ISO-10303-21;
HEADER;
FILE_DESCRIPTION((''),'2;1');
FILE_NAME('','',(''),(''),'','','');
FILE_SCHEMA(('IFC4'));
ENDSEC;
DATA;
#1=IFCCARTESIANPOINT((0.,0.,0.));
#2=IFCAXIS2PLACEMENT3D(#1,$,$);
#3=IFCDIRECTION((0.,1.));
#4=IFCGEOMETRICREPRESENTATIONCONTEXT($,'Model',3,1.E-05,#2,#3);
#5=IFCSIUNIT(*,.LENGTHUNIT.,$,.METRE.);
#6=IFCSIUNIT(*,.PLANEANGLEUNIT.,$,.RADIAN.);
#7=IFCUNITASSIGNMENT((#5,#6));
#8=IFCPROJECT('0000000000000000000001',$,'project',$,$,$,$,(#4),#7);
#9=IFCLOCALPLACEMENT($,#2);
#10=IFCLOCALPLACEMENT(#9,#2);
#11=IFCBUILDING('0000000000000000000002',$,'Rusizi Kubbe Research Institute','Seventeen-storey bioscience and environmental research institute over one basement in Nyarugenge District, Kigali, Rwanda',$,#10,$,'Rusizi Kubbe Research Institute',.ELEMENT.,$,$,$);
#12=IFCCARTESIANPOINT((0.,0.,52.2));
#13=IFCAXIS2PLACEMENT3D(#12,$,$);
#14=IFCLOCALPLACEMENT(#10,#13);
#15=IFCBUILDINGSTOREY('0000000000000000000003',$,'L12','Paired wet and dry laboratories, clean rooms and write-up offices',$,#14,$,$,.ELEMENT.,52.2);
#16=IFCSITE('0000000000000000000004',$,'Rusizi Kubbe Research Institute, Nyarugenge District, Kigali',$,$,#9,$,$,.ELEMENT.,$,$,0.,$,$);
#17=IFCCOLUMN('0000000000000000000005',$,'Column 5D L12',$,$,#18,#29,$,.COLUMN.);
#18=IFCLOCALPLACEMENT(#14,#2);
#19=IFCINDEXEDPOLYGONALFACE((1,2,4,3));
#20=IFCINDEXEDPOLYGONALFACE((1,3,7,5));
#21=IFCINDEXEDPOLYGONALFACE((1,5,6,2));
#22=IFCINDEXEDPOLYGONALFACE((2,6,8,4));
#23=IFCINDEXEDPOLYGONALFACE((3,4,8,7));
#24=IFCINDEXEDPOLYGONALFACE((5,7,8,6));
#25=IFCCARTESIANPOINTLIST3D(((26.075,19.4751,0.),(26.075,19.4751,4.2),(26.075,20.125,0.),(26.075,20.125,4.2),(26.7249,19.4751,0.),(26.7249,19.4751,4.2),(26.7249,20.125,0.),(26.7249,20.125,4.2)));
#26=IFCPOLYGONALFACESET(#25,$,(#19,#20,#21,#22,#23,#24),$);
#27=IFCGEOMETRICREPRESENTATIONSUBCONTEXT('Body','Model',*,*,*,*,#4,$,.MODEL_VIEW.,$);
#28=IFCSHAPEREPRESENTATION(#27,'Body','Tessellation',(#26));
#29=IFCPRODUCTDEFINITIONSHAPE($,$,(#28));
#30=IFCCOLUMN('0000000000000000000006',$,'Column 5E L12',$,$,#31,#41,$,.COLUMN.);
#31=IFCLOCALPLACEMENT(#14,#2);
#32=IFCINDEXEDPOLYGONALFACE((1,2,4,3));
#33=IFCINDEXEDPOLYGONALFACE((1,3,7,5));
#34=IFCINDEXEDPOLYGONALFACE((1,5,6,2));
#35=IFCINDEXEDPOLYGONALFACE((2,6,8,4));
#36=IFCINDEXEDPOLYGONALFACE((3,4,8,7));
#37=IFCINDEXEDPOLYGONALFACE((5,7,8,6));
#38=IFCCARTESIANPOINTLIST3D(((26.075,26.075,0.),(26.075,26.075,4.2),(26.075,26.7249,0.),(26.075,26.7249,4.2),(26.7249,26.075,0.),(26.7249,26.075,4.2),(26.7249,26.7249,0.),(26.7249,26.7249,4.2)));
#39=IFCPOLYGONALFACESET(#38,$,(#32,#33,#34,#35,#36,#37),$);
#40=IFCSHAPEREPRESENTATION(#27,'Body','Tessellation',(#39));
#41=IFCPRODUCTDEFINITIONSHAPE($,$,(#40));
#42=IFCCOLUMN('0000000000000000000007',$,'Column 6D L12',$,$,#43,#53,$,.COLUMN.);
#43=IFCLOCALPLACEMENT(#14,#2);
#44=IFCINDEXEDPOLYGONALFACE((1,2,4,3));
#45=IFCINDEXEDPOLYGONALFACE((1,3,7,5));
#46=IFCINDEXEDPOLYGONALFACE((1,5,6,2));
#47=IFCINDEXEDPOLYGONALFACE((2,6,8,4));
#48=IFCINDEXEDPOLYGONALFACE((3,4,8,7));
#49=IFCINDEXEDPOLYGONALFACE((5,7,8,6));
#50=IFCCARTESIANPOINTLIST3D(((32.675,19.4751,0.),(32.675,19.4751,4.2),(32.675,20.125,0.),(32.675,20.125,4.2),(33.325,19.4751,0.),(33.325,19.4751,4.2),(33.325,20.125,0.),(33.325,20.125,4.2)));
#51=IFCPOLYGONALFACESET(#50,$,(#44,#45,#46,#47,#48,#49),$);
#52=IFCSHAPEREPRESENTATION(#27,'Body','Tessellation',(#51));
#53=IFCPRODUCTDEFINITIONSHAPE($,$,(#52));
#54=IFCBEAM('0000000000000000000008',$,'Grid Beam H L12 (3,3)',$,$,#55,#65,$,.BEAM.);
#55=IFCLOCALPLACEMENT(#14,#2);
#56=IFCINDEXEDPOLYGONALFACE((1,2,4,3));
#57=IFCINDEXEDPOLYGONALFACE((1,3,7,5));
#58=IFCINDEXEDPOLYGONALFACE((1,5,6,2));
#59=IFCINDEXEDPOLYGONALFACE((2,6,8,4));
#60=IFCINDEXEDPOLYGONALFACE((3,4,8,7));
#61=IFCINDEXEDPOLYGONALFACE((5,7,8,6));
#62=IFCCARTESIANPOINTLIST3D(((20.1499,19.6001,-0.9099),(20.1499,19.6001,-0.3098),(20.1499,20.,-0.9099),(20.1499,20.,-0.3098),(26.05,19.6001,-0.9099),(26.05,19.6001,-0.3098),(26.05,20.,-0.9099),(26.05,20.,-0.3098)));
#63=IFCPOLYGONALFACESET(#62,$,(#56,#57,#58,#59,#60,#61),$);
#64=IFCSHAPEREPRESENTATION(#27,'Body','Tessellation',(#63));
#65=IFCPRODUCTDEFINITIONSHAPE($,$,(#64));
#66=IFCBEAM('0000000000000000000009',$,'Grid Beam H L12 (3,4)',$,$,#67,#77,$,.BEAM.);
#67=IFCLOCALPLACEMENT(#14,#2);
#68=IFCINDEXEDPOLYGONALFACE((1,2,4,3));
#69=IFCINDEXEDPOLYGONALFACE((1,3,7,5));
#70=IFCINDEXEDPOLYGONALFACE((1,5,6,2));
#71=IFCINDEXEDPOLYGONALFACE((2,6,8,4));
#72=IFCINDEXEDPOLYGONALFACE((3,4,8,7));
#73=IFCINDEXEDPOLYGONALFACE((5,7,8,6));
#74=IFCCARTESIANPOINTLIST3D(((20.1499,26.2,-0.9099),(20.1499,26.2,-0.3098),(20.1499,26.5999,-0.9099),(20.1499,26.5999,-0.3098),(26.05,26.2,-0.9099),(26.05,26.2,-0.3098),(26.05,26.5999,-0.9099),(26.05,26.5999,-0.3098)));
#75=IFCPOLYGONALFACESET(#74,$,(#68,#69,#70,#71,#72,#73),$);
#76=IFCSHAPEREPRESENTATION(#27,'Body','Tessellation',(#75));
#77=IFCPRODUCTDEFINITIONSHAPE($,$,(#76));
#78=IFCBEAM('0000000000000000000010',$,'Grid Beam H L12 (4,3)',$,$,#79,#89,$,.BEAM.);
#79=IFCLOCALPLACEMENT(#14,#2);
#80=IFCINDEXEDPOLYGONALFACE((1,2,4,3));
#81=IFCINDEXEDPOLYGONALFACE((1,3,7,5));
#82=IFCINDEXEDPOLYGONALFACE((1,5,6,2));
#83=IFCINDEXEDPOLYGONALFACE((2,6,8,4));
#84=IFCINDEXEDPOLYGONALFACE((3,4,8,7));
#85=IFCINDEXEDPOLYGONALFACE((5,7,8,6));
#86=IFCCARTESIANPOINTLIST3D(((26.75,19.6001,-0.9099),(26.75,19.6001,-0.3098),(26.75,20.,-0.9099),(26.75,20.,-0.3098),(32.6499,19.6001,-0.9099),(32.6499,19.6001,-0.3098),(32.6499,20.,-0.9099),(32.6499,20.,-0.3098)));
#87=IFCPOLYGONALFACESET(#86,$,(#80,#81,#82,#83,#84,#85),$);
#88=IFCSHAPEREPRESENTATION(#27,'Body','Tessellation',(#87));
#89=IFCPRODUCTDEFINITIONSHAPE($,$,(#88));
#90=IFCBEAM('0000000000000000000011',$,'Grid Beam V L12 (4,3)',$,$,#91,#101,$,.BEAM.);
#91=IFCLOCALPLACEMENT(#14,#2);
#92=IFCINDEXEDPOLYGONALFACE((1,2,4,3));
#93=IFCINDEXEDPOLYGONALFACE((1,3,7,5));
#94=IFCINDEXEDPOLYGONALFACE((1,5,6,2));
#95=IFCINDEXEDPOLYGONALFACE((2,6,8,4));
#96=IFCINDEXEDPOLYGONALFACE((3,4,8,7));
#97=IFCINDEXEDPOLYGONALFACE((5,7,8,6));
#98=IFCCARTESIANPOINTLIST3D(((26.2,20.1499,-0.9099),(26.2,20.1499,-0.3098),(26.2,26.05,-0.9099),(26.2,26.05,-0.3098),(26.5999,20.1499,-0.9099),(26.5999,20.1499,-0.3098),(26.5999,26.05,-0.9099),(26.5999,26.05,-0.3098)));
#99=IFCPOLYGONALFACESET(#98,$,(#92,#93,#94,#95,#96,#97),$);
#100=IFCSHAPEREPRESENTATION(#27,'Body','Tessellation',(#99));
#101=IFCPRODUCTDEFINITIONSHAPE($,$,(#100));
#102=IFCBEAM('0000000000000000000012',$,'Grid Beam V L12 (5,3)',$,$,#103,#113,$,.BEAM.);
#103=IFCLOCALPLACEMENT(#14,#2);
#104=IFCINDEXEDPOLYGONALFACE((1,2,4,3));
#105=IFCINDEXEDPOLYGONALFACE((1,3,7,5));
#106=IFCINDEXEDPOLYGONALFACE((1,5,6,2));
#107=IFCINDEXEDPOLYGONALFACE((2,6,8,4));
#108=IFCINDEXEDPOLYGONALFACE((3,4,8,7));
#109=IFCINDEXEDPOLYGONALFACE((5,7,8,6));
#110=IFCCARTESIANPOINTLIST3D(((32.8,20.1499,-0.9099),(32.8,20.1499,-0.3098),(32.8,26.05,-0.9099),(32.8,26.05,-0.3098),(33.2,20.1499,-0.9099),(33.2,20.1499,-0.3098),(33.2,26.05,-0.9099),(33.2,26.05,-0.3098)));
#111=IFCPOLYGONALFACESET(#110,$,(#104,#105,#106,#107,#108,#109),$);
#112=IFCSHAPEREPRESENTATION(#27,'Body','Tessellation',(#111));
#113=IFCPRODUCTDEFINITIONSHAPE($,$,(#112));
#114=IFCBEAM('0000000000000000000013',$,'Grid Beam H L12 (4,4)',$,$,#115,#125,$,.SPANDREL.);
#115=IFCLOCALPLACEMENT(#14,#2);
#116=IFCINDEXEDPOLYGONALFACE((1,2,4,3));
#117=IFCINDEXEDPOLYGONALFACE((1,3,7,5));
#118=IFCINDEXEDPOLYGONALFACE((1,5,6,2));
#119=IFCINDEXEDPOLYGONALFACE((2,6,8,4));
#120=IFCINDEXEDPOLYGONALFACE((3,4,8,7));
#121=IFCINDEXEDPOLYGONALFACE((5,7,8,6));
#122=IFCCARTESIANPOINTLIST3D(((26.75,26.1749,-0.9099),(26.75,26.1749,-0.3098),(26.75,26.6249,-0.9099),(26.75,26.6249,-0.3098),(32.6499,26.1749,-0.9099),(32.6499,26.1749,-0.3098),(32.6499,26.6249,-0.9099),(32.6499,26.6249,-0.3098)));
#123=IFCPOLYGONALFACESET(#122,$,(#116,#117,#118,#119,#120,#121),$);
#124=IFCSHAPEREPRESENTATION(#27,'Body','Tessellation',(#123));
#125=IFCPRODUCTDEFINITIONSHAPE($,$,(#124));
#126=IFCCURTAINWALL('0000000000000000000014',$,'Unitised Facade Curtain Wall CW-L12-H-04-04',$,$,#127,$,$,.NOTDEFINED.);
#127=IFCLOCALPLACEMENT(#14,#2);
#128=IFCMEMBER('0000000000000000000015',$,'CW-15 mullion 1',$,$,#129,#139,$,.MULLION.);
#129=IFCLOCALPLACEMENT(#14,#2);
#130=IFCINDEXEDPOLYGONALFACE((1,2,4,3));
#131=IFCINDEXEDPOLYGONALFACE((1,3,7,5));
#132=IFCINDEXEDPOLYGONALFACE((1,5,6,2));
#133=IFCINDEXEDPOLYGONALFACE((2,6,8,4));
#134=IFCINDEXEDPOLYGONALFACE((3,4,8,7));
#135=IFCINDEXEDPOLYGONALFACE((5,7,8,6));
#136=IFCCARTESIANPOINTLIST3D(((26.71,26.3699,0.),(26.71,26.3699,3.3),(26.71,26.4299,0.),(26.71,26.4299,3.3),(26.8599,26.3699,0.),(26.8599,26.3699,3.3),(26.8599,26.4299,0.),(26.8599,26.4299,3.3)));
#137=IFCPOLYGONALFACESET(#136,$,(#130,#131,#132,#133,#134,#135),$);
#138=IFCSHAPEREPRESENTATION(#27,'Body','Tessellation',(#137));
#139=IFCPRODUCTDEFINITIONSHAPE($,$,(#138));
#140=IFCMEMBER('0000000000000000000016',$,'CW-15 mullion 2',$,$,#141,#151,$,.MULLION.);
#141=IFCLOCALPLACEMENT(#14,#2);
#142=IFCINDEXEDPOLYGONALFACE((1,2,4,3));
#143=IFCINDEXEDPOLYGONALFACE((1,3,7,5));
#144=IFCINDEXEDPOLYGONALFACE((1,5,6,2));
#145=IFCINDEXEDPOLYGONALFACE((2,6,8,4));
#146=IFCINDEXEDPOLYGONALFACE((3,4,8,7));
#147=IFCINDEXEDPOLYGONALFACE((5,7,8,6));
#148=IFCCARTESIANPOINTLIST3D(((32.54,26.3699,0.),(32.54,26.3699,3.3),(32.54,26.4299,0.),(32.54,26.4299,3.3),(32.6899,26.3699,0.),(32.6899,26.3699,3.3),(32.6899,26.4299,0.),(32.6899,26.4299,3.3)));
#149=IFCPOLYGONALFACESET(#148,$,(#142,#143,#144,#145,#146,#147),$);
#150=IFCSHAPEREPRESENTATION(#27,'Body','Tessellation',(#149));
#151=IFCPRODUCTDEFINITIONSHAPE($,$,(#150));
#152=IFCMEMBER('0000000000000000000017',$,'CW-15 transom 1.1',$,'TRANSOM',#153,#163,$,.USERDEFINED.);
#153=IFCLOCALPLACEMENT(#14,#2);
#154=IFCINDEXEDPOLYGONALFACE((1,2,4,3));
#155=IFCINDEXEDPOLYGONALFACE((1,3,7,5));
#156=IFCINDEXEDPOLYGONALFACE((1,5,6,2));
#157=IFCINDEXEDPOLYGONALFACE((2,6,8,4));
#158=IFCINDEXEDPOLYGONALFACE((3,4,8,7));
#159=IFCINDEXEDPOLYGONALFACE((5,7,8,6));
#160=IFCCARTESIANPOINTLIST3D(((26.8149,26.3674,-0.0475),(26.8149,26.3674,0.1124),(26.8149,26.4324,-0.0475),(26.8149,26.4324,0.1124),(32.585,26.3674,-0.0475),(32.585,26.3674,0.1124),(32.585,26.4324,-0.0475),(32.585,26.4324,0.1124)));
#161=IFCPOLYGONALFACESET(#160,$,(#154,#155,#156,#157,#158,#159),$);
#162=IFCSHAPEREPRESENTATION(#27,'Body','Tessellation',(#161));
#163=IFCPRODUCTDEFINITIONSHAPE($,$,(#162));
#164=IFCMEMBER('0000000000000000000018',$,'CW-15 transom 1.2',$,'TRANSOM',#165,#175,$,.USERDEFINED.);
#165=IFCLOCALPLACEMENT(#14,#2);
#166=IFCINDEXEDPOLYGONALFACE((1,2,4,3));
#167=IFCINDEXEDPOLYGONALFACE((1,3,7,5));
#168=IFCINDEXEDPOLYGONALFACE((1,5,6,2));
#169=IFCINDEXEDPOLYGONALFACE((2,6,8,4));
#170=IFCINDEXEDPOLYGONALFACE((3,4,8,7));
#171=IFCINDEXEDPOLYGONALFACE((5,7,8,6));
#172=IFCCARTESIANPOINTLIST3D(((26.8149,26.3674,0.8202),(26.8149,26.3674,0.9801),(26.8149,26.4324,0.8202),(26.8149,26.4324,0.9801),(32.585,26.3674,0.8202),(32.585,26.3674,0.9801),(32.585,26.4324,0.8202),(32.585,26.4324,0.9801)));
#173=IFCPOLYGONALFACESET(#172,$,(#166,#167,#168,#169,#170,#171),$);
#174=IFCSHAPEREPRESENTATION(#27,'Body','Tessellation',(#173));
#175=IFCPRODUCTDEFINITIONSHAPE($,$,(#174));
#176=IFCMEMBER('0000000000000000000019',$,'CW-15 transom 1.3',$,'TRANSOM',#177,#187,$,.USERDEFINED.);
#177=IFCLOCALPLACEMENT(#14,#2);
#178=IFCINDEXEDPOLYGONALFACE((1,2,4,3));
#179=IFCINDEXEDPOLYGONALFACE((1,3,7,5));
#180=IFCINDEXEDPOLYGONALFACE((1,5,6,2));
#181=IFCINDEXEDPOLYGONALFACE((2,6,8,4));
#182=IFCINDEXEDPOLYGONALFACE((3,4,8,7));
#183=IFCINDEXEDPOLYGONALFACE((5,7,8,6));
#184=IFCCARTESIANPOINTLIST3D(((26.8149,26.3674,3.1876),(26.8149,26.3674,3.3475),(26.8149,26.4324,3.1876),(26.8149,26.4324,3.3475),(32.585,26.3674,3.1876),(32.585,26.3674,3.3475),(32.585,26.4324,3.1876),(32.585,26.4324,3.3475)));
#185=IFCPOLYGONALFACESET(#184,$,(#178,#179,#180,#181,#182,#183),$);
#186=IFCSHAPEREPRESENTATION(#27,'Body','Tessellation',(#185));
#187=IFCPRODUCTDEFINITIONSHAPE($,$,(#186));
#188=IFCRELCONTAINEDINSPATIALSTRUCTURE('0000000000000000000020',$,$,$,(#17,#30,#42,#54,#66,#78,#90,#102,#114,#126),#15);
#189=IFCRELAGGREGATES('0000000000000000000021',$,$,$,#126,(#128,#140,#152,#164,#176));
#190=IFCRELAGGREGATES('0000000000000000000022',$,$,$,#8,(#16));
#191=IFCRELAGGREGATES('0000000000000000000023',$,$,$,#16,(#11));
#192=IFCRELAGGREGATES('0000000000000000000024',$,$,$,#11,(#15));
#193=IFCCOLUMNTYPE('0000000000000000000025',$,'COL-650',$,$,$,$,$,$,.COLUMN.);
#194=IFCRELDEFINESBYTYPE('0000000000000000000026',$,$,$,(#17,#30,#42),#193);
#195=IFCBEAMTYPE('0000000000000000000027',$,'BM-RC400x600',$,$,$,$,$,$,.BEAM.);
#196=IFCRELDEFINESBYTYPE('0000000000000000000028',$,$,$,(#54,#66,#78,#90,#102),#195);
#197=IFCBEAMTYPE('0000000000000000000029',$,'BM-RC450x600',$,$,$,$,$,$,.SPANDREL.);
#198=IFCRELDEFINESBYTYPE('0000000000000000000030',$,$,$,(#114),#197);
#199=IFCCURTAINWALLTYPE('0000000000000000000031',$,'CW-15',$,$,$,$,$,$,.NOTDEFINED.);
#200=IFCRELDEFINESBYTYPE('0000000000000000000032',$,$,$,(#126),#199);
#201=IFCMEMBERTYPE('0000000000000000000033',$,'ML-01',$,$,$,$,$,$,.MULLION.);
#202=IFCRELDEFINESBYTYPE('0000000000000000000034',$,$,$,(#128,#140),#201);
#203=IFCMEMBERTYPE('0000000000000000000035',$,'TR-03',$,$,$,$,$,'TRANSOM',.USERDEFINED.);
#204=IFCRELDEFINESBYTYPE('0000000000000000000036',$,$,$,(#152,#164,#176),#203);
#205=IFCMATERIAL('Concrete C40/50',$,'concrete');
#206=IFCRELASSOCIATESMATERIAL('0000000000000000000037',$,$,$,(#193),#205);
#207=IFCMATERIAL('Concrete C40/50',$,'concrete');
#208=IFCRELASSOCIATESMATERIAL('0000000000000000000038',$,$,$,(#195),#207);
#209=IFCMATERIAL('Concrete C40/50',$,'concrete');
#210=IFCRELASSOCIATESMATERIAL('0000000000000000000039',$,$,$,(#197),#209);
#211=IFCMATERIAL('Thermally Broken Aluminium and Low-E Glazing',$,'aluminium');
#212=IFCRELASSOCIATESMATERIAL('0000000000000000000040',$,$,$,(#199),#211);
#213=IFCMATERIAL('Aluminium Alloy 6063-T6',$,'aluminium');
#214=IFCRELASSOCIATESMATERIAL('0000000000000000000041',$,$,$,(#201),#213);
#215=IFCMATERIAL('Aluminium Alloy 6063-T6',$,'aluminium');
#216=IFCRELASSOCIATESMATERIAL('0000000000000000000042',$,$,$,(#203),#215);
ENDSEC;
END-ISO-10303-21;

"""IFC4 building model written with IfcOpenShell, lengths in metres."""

from ifc_helpers import new_model, si_unit, direction, frame, origin, origin_2d, place, context, subcontext, project, spatial, rectangle, extrude, material, material_profile, profile_set, type_object, element, aggregate, save


model = new_model("IFC4")

# Units and contexts
model_context = context("Model", 3, precision=1e-05, world=origin(), true_north=direction((0.0, 1.0)))
body_context = subcontext(model_context, "Body", "Model", "MODEL_VIEW")
ifc_project = project(units=[si_unit("LENGTHUNIT", "METRE"), si_unit("PLANEANGLEUNIT", "RADIAN")], contexts=[model_context])

# Site, building, storey
site_placement = place(None, origin())
site = spatial("IfcSite", under=ifc_project, at=site_placement, Name="Rusizi Kubbe Research Institute, Nyarugenge District, Kigali", CompositionType="ELEMENT", RefElevation=0.0)
building_placement = place(site_placement, origin())
building = spatial("IfcBuilding", under=site, at=building_placement, Name="Rusizi Kubbe Research Institute", Description="Seventeen-storey bioscience and environmental research institute over one basement in Nyarugenge District, Kigali, Rwanda", LongName="Rusizi Kubbe Research Institute", CompositionType="ELEMENT")
storey_placement = place(building_placement, frame((0.0, 0.0, 52.2)))
storey = spatial("IfcBuildingStorey", under=building, at=storey_placement, Name="L12", Description="Paired wet and dry laboratories, clean rooms and write-up offices", CompositionType="ELEMENT", Elevation=52.2)

# Columns
ifc_material_1 = material(Name="Concrete C40/50", Category="concrete")
ifc_material_profile_1 = material_profile(ifc_material_1, rectangle(XDim=0.6499, YDim=0.6499, at=origin_2d()), Name="RC650x650")
ifc_profile_set_1 = profile_set([ifc_material_profile_1], Name="Concrete C40/50")
column_type = type_object("IfcColumnType", Name="COL-650", PredefinedType="COLUMN", material=ifc_profile_set_1)
for number, where, z_axis, x_axis, name in (
    (1, (26.3999, 19.8, 0.0), (0.0, 0.0, 1.0), (1.0, 0.0, 0.0), "Column 5D L12"),
    (2, (26.3999, 26.3999, 0.0), (0.0, 0.0, 1.0), (1.0, 0.0, 0.0), "Column 5E L12"),
    (3, (33.0, 19.8, 0.0), (0.0, 0.0, 1.0), (1.0, 0.0, 0.0), "Column 6D L12"),
):
    element("IfcColumn", number, at=place(storey_placement, frame(where, z_axis=z_axis, x_axis=x_axis)), inside=storey, type_object=column_type, Name=name, PredefinedType="COLUMN", context=body_context, shape_type="SweptSolid", body=[
        extrude(rectangle(XDim=0.6499, YDim=0.6499, at=origin_2d()), origin(), (0.0, 0.0, 1.0), 4.2),
    ])

# Beams
ifc_material_2 = material(Name="Concrete C40/50", Category="concrete")
ifc_material_profile_2 = material_profile(ifc_material_2, rectangle(XDim=0.3999, YDim=0.6001, at=origin_2d()), Name="RC400x600")
ifc_profile_set_2 = profile_set([ifc_material_profile_2], Name="Concrete C40/50")
beam_type_1 = type_object("IfcBeamType", Name="BM-RC400x600", PredefinedType="BEAM", material=ifc_profile_set_2)
for number, where, z_axis, x_axis, name in (
    (4, (20.1499, 19.8, -0.6099), (1.0, 0.0, 0.0), (0.0, 1.0, 0.0), "Grid Beam H L12 (3,3)"),
    (5, (20.1499, 26.3999, -0.6099), (1.0, 0.0, 0.0), (0.0, 1.0, 0.0), "Grid Beam H L12 (3,4)"),
):
    element("IfcBeam", number, at=place(storey_placement, frame(where, z_axis=z_axis, x_axis=x_axis)), inside=storey, type_object=beam_type_1, Name=name, PredefinedType="BEAM", context=body_context, shape_type="SweptSolid", body=[
        extrude(rectangle(XDim=0.3999, YDim=0.6001, at=origin_2d()), origin(), (0.0, 0.0, 1.0), 5.9001),
    ])
beam_1_placement = place(storey_placement, frame((26.75, 19.8, -0.6099), z_axis=(1.0, 0.0, 0.0), x_axis=(0.0, 1.0, 0.0)))
element("IfcBeam", 6, at=beam_1_placement, inside=storey, type_object=beam_type_1, Name="Grid Beam H L12 (4,3)", PredefinedType="BEAM", context=body_context, shape_type="SweptSolid", body=[
    extrude(rectangle(XDim=0.3999, YDim=0.6001, at=origin_2d()), origin(), (0.0, 0.0, 1.0), 5.8999),
])
for number, where, z_axis, x_axis, name in (
    (7, (26.3999, 20.1499, -0.6099), (0.0, 1.0, 0.0), (-1.0, 0.0, 0.0), "Grid Beam V L12 (4,3)"),
    (8, (33.0, 20.1499, -0.6099), (0.0, 1.0, 0.0), (-1.0, 0.0, 0.0), "Grid Beam V L12 (5,3)"),
):
    element("IfcBeam", number, at=place(storey_placement, frame(where, z_axis=z_axis, x_axis=x_axis)), inside=storey, type_object=beam_type_1, Name=name, PredefinedType="BEAM", context=body_context, shape_type="SweptSolid", body=[
        extrude(rectangle(XDim=0.3999, YDim=0.6001, at=origin_2d()), origin(), (0.0, 0.0, 1.0), 5.9001),
    ])
ifc_material_3 = material(Name="Concrete C40/50", Category="concrete")
ifc_material_profile_3 = material_profile(ifc_material_3, rectangle(XDim=0.45, YDim=0.6001, at=origin_2d()), Name="RC450x600")
ifc_profile_set_3 = profile_set([ifc_material_profile_3], Name="Concrete C40/50")
beam_type_2 = type_object("IfcBeamType", Name="BM-RC450x600", PredefinedType="SPANDREL", material=ifc_profile_set_3)
beam_2_placement = place(storey_placement, frame((26.75, 26.3999, -0.6099), z_axis=(1.0, 0.0, 0.0), x_axis=(0.0, 1.0, 0.0)))
element("IfcBeam", 9, at=beam_2_placement, inside=storey, type_object=beam_type_2, Name="Grid Beam H L12 (4,4)", PredefinedType="SPANDREL", context=body_context, shape_type="SweptSolid", body=[
    extrude(rectangle(XDim=0.45, YDim=0.6001, at=origin_2d()), origin(), (0.0, 0.0, 1.0), 5.8999),
])

# Curtain wall, members
ifc_material_4 = material(Name="Thermally Broken Aluminium and Low-E Glazing", Category="aluminium")
curtain_wall_type = type_object("IfcCurtainWallType", Name="CW-15", PredefinedType="NOTDEFINED", material=ifc_material_4)
curtain_wall_placement = place(storey_placement, origin())
curtain_wall = element("IfcCurtainWall", 10, at=curtain_wall_placement, inside=storey, type_object=curtain_wall_type, Name="Unitised Facade Curtain Wall CW-L12-H-04-04", PredefinedType="NOTDEFINED")
ifc_material_5 = material(Name="Aluminium Alloy 6063-T6", Category="aluminium")
ifc_material_profile_4 = material_profile(ifc_material_5, rectangle(XDim=0.0601, YDim=0.1499, at=origin_2d()), Name="ALU-M 60x150")
ifc_profile_set_4 = profile_set([ifc_material_profile_4], Name="Aluminium Alloy 6063-T6")
member_type_1 = type_object("IfcMemberType", Name="ML-01", PredefinedType="MULLION", material=ifc_profile_set_4)
member_1_placement = place(storey_placement, frame((26.7849, 26.3999, 0.0), z_axis=(0.0, 0.0, 1.0), x_axis=(0.0, 1.0, 0.0)))
member_1 = element("IfcMember", 11, at=member_1_placement, type_object=member_type_1, Name="CW-15 mullion 1", PredefinedType="MULLION", context=body_context, shape_type="SweptSolid", body=[
    extrude(rectangle(XDim=0.0601, YDim=0.1499, at=origin_2d()), origin(), (0.0, 0.0, 1.0), 3.3),
])
member_2_placement = place(storey_placement, frame((32.615, 26.3999, 0.0), z_axis=(0.0, 0.0, 1.0), x_axis=(0.0, 1.0, 0.0)))
member_2 = element("IfcMember", 12, at=member_2_placement, type_object=member_type_1, Name="CW-15 mullion 2", PredefinedType="MULLION", context=body_context, shape_type="SweptSolid", body=[
    extrude(rectangle(XDim=0.0601, YDim=0.1499, at=origin_2d()), origin(), (0.0, 0.0, 1.0), 3.3),
])
ifc_material_6 = material(Name="Aluminium Alloy 6063-T6", Category="aluminium")
ifc_material_profile_5 = material_profile(ifc_material_6, rectangle(XDim=0.0649, YDim=0.1599, at=origin_2d()), Name="ALU-T 65x160")
ifc_profile_set_5 = profile_set([ifc_material_profile_5], Name="Aluminium Alloy 6063-T6")
member_type_2 = type_object("IfcMemberType", Name="TR-03", ElementType="TRANSOM", PredefinedType="USERDEFINED", material=ifc_profile_set_5)
member_3_placement = place(storey_placement, frame((26.8149, 26.3999, 0.0325), z_axis=(1.0, 0.0, 0.0), x_axis=(0.0, 1.0, 0.0)))
member_3 = element("IfcMember", 13, at=member_3_placement, type_object=member_type_2, Name="CW-15 transom 1.1", ObjectType="TRANSOM", PredefinedType="USERDEFINED", context=body_context, shape_type="SweptSolid", body=[
    extrude(rectangle(XDim=0.0649, YDim=0.1599, at=origin_2d()), origin(), (0.0, 0.0, 1.0), 5.77),
])
member_4_placement = place(storey_placement, frame((26.8149, 26.3999, 0.9001), z_axis=(1.0, 0.0, 0.0), x_axis=(0.0, 1.0, 0.0)))
member_4 = element("IfcMember", 14, at=member_4_placement, type_object=member_type_2, Name="CW-15 transom 1.2", ObjectType="TRANSOM", PredefinedType="USERDEFINED", context=body_context, shape_type="SweptSolid", body=[
    extrude(rectangle(XDim=0.0649, YDim=0.1599, at=origin_2d()), origin(), (0.0, 0.0, 1.0), 5.77),
])
member_5_placement = place(storey_placement, frame((26.8149, 26.3999, 3.2676), z_axis=(1.0, 0.0, 0.0), x_axis=(0.0, 1.0, 0.0)))
member_5 = element("IfcMember", 15, at=member_5_placement, type_object=member_type_2, Name="CW-15 transom 1.3", ObjectType="TRANSOM", PredefinedType="USERDEFINED", context=body_context, shape_type="SweptSolid", body=[
    extrude(rectangle(XDim=0.0649, YDim=0.1599, at=origin_2d()), origin(), (0.0, 0.0, 1.0), 5.77),
])
aggregate(curtain_wall, [member_1, member_2, member_3, member_4, member_5])

save(model, "model.ifc")
